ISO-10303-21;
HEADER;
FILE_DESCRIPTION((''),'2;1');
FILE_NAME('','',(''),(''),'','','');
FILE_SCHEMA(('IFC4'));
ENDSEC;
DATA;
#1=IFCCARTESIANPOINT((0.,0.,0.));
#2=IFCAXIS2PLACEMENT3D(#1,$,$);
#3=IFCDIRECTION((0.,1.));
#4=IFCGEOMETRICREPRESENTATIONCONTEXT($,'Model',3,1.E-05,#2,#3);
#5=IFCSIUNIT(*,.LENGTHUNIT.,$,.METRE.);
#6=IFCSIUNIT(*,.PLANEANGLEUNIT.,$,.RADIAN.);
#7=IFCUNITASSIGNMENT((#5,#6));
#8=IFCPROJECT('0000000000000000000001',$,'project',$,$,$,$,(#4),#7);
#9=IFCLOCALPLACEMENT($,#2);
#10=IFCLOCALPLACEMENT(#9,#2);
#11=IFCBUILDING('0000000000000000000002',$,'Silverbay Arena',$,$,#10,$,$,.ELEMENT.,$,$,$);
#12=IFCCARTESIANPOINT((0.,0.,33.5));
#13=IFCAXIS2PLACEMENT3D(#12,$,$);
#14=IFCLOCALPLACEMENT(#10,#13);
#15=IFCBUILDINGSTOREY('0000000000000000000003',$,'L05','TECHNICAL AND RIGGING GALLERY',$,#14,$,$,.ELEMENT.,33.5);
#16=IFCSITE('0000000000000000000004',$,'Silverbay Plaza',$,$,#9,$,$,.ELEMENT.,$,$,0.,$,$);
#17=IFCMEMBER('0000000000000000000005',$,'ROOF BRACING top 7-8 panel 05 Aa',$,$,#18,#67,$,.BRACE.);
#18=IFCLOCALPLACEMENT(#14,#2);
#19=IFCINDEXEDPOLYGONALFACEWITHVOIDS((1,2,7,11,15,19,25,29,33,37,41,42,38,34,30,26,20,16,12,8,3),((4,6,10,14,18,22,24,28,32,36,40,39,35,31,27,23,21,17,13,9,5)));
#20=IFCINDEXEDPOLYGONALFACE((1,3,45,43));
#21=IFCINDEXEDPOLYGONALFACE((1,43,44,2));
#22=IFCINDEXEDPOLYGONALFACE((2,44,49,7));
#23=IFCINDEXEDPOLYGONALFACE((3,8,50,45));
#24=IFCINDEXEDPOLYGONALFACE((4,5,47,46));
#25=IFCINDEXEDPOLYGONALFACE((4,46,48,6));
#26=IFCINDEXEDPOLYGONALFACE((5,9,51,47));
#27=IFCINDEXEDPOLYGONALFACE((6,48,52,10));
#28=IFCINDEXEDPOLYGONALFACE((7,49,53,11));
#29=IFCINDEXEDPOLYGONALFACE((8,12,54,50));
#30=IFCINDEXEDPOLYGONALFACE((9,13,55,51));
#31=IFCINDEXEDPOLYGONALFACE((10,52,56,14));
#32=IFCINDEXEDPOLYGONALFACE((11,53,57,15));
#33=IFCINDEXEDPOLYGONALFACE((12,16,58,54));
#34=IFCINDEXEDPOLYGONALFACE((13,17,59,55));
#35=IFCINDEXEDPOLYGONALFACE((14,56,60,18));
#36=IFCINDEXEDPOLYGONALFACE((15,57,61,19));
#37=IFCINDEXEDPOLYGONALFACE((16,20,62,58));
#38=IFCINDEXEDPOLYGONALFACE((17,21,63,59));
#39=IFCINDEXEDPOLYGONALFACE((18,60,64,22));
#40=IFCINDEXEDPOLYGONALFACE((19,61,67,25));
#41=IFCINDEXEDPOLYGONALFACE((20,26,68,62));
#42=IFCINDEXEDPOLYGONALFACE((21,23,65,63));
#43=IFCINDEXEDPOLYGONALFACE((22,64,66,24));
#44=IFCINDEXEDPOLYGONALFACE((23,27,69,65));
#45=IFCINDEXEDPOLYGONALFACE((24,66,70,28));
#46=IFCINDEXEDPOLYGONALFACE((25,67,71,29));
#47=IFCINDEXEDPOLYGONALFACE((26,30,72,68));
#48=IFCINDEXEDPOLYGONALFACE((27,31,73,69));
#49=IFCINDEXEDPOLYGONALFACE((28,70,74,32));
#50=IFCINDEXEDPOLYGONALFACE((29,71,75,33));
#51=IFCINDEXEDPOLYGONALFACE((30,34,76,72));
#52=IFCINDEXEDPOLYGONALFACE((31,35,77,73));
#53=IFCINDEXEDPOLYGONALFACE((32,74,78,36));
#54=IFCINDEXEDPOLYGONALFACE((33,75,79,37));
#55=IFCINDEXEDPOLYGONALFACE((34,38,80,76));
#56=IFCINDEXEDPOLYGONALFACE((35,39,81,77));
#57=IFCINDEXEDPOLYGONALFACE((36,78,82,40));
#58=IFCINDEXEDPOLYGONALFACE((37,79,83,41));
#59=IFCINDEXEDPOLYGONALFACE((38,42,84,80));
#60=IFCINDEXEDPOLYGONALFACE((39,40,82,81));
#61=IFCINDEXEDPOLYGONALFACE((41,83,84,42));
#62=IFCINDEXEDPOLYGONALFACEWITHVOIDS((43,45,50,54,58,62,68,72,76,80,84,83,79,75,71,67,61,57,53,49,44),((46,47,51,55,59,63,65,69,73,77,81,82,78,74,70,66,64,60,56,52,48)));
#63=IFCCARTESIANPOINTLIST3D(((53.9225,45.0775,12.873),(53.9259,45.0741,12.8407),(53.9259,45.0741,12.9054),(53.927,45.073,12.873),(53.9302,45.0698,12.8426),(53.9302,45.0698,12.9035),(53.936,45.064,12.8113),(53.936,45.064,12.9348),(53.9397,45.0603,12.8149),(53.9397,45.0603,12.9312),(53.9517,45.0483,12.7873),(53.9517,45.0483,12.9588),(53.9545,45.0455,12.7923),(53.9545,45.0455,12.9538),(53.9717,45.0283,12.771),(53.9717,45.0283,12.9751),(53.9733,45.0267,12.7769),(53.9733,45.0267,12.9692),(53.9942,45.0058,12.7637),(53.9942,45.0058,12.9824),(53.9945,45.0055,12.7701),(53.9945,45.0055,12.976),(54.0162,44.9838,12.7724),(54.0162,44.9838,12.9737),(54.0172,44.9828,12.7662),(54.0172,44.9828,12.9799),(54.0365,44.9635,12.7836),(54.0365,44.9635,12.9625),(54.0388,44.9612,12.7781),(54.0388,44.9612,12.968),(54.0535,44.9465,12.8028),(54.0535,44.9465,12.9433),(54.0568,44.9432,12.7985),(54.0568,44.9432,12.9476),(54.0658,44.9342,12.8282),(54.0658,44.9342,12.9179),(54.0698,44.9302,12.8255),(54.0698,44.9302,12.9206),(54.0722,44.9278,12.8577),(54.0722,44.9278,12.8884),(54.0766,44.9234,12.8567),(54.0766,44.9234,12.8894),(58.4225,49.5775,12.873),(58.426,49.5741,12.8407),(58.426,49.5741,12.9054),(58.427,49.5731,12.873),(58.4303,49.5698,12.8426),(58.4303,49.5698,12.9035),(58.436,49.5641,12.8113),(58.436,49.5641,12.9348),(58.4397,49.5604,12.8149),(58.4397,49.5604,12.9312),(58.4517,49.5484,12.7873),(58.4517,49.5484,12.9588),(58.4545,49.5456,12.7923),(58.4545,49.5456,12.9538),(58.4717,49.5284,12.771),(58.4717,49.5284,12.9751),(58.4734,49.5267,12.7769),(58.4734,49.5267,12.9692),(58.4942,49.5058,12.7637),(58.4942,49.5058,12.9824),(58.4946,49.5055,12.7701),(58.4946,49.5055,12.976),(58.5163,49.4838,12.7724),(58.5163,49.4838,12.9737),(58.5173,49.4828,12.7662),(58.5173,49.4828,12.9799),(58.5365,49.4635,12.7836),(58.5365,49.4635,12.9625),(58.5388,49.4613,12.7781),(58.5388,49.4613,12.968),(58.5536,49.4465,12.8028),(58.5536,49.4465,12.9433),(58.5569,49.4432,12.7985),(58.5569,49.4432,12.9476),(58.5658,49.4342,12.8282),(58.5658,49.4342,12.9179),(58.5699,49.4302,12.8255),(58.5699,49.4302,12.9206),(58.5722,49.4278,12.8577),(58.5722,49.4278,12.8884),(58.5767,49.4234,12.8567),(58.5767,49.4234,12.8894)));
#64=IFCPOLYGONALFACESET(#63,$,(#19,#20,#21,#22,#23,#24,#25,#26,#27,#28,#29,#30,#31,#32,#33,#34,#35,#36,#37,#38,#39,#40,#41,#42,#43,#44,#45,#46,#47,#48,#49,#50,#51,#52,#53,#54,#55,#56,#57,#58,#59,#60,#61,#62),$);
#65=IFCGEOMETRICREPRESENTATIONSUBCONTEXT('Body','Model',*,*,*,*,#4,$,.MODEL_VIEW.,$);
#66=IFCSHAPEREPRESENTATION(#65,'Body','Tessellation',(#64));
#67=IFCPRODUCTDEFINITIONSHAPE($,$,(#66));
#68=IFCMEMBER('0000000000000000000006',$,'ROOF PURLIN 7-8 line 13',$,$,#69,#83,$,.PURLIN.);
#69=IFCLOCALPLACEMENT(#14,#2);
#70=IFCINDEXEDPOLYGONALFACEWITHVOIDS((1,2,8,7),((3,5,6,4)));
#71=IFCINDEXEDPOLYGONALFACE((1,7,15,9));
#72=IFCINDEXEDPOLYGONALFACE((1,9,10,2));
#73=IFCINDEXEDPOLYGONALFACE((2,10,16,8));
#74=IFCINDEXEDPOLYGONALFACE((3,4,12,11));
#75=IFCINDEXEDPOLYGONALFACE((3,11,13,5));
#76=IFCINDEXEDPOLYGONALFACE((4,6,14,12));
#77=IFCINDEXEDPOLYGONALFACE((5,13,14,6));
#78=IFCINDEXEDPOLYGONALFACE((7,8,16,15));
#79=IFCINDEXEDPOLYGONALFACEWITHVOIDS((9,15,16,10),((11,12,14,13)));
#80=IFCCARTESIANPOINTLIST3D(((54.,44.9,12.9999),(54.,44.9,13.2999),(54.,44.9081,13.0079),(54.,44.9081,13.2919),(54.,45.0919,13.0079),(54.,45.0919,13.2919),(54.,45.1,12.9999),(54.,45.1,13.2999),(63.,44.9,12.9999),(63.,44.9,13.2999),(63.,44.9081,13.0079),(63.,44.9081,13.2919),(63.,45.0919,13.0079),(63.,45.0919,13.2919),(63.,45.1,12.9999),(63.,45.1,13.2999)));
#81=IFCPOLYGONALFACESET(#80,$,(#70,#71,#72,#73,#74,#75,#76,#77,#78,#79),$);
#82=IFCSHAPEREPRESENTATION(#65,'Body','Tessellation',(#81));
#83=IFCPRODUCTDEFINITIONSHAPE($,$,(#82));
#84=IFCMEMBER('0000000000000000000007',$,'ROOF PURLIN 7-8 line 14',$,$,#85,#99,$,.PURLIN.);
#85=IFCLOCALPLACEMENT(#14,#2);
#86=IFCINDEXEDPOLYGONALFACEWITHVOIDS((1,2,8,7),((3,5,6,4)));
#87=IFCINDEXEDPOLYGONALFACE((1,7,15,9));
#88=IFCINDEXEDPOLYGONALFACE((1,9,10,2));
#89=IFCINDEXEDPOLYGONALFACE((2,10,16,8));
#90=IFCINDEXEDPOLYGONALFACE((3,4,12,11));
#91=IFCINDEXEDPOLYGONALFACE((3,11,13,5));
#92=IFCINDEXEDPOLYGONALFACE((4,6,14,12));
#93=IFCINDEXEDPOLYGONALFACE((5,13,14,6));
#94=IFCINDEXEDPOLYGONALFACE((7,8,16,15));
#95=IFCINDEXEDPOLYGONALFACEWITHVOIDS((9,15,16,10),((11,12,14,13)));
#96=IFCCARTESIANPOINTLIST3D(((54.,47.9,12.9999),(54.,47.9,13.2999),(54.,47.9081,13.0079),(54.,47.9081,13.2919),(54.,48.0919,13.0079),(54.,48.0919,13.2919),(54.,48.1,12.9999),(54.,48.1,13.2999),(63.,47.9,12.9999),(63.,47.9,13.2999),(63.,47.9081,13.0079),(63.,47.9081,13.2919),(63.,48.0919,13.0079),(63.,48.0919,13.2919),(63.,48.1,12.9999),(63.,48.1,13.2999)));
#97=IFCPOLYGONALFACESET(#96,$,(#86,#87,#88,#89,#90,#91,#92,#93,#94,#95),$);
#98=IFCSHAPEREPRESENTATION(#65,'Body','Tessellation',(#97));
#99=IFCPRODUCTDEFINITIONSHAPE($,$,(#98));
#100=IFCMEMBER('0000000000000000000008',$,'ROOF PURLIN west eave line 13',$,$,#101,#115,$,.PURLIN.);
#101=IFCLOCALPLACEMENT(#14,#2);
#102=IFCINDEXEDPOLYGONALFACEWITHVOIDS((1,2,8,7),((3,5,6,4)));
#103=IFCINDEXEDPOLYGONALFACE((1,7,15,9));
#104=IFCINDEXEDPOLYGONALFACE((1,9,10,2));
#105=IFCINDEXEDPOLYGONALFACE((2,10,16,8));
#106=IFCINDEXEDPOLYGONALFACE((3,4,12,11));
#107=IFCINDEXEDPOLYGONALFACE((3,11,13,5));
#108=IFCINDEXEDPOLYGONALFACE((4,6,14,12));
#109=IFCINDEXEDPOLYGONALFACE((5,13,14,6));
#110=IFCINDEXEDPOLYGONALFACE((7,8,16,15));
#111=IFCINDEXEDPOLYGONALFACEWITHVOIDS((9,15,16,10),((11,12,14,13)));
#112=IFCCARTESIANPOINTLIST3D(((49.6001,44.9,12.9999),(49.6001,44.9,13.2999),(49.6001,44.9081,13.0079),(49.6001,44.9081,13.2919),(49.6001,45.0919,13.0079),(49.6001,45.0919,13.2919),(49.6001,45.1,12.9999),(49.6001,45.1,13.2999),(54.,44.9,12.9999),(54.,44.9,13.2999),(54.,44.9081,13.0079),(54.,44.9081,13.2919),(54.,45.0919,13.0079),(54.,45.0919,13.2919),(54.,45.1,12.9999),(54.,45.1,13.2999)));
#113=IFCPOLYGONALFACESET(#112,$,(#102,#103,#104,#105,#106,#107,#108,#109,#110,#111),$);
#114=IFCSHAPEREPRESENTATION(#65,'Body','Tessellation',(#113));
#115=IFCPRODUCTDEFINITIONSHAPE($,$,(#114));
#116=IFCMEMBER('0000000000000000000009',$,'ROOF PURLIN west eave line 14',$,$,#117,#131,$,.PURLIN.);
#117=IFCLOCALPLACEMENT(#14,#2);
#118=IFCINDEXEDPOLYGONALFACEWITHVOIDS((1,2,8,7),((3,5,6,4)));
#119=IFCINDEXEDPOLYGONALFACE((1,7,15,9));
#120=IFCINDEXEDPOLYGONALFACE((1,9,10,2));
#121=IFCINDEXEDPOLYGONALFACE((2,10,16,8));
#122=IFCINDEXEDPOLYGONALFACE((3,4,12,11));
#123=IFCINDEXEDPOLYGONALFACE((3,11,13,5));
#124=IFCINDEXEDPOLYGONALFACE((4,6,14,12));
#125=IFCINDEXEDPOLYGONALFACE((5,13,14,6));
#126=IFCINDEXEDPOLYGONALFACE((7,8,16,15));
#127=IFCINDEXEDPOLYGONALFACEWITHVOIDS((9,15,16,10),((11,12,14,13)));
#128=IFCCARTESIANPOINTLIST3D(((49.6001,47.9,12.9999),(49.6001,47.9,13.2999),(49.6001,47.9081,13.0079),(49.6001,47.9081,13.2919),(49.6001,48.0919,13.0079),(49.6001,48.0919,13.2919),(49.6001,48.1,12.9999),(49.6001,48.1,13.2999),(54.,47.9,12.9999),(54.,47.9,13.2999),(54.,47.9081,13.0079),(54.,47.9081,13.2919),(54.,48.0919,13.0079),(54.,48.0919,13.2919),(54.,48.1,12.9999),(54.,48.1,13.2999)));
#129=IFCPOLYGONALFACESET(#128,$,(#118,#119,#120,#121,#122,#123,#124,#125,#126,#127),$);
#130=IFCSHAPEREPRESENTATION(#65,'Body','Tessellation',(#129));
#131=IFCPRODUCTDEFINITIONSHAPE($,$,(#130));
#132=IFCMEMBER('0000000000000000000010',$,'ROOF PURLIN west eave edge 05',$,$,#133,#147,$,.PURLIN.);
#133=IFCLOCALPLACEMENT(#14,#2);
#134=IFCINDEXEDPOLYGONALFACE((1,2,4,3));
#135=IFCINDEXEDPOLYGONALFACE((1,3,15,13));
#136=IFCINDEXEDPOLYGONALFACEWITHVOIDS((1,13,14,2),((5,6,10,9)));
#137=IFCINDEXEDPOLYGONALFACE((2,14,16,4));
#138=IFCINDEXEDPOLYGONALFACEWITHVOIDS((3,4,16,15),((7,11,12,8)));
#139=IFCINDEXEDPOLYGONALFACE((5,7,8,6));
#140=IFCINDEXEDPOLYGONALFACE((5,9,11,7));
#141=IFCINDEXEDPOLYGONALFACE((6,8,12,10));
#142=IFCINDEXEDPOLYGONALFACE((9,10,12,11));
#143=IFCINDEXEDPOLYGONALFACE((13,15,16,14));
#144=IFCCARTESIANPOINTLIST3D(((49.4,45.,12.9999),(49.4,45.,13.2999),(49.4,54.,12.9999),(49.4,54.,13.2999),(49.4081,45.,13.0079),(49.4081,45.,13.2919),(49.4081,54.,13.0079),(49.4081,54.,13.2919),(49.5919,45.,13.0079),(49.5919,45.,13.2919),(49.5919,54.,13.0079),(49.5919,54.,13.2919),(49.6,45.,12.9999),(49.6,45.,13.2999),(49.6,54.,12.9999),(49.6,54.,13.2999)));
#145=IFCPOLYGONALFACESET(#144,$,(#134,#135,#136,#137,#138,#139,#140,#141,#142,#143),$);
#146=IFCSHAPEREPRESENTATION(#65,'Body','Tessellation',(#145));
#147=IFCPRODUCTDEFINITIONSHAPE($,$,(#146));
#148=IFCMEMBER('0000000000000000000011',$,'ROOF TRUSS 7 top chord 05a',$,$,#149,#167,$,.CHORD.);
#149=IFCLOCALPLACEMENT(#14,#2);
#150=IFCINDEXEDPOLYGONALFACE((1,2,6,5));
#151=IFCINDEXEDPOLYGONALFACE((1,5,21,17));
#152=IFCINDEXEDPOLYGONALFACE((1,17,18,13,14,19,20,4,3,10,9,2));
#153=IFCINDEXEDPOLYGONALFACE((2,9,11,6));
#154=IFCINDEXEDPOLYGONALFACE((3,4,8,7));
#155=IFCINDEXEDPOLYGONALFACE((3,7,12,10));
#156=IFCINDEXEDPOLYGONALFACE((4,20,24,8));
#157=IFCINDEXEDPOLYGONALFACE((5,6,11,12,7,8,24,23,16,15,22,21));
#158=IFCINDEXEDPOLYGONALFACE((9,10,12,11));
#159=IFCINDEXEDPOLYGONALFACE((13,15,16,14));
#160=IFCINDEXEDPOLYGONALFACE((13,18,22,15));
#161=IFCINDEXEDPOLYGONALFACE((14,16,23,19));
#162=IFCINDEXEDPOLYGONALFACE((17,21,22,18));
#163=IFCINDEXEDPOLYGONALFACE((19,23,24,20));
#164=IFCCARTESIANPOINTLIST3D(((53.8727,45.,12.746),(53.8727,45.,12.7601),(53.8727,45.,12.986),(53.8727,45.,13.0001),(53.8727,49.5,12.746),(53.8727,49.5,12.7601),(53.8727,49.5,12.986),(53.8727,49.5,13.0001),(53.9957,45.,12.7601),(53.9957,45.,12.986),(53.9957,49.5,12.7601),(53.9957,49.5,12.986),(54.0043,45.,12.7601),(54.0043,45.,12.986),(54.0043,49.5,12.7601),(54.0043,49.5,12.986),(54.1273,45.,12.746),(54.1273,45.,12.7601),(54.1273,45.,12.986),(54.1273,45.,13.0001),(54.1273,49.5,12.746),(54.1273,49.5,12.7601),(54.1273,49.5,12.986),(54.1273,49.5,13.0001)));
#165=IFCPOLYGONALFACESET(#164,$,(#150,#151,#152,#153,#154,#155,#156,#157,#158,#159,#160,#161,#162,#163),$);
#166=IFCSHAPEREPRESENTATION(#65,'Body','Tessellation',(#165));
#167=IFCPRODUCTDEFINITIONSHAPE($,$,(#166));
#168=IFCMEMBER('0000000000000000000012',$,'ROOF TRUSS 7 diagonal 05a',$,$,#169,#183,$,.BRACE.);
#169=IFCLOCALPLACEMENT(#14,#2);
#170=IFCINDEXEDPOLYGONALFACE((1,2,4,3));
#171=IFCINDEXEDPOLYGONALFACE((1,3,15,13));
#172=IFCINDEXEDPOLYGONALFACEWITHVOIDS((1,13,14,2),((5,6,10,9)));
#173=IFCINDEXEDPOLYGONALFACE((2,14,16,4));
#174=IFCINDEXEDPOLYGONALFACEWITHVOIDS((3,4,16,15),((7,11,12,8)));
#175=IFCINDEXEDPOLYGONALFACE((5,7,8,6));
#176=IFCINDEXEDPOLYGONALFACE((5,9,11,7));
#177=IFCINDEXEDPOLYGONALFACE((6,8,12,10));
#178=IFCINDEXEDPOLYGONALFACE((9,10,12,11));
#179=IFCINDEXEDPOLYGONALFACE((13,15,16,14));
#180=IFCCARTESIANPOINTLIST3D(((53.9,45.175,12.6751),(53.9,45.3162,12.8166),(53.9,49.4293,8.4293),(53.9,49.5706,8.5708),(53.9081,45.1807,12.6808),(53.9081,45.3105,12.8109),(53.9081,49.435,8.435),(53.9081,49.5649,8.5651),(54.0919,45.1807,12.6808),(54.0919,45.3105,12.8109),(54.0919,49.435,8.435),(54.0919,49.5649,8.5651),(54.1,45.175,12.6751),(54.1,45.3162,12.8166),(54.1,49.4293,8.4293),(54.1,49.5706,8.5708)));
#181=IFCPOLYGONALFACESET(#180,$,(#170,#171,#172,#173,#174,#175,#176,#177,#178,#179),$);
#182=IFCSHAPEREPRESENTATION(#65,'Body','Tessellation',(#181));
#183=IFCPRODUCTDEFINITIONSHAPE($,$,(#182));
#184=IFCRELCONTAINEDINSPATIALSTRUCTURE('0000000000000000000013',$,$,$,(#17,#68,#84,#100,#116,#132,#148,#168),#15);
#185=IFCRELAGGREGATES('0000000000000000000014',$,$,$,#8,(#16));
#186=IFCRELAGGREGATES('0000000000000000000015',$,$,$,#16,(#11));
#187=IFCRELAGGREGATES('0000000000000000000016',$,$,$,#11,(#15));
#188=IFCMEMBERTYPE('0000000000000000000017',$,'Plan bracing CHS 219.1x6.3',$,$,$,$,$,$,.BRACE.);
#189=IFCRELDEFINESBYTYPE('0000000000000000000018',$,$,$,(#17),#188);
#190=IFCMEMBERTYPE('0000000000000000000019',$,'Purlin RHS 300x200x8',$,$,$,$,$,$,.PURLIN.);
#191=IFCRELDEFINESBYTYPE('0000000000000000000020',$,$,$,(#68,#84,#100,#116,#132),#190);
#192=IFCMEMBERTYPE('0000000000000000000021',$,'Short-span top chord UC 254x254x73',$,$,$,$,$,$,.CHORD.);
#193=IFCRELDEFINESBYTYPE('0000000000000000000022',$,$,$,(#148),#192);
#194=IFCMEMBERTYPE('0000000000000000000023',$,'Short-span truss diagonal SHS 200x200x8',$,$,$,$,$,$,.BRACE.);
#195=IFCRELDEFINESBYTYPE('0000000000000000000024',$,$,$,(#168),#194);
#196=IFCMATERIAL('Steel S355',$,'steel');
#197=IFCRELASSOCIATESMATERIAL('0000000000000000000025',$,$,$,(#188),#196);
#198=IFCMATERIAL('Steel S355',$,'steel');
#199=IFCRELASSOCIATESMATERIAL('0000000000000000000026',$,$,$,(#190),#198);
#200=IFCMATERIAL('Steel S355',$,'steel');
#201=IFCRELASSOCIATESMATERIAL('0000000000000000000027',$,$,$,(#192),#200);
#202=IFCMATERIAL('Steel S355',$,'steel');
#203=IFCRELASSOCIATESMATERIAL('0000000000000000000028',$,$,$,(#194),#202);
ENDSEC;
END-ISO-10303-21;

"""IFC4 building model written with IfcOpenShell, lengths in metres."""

from ifc_helpers import new_model, si_unit, direction, frame, origin, origin_2d, place, context, subcontext, project, spatial, hollow_rectangle, hollow_circle, i_section, extrude, material, material_profile, profile_set, type_object, element, save


model = new_model("IFC4")

# Units and contexts
model_context = context("Model", 3, precision=1e-05, world=origin(), true_north=direction((0.0, 1.0)))
body_context = subcontext(model_context, "Body", "Model", "MODEL_VIEW")
ifc_project = project(units=[si_unit("LENGTHUNIT", "METRE"), si_unit("PLANEANGLEUNIT", "RADIAN")], contexts=[model_context])

# Site, building, storey
site_placement = place(None, origin())
site = spatial("IfcSite", under=ifc_project, at=site_placement, Name="Silverbay Plaza", CompositionType="ELEMENT", RefElevation=0.0)
building_placement = place(site_placement, origin())
building = spatial("IfcBuilding", under=site, at=building_placement, Name="Silverbay Arena", CompositionType="ELEMENT")
storey_placement = place(building_placement, frame((0.0, 0.0, 33.5)))
storey = spatial("IfcBuildingStorey", under=building, at=storey_placement, Name="L05", Description="TECHNICAL AND RIGGING GALLERY", CompositionType="ELEMENT", Elevation=33.5)

# Members
ifc_material_1 = material(Name="Steel S355", Category="steel")
ifc_material_profile_1 = material_profile(ifc_material_1, hollow_circle(Radius=0.1096, WallThickness=0.0063, at=origin_2d()), Name="CHS 219.1x6.3")
ifc_profile_set_1 = profile_set([ifc_material_profile_1], Name="Steel S355")
member_type_1 = type_object("IfcMemberType", Name="Plan bracing CHS 219.1x6.3", PredefinedType="BRACE", material=ifc_profile_set_1)
member_1_placement = place(storey_placement, frame((54.0, 45.0, 12.873), z_axis=(0.707107, 0.707107, 0.0), x_axis=(-0.707107, 0.707107, 0.0)))
element("IfcMember", 1, at=member_1_placement, inside=storey, type_object=member_type_1, Name="ROOF BRACING top 7-8 panel 05 Aa", PredefinedType="BRACE", context=body_context, shape_type="SweptSolid", body=[
    extrude(hollow_circle(Radius=0.1096, WallThickness=0.0063, at=origin_2d()), origin(), (0.0, 0.0, 1.0), 6.364),
])
ifc_material_2 = material(Name="Steel S355", Category="steel")
ifc_material_profile_2 = material_profile(ifc_material_2, hollow_rectangle(XDim=0.2, YDim=0.3, WallThickness=0.0081, at=origin_2d()), Name="RHS 300x200x8")
ifc_profile_set_2 = profile_set([ifc_material_profile_2], Name="Steel S355")
member_type_2 = type_object("IfcMemberType", Name="Purlin RHS 300x200x8", PredefinedType="PURLIN", material=ifc_profile_set_2)
for number, where, z_axis, x_axis, name in (
    (2, (54.0, 45.0, 13.1499), (1.0, 0.0, 0.0), (0.0, 1.0, 0.0), "ROOF PURLIN 7-8 line 13"),
    (3, (54.0, 48.0, 13.1499), (1.0, 0.0, 0.0), (0.0, 1.0, 0.0), "ROOF PURLIN 7-8 line 14"),
):
    element("IfcMember", number, at=place(storey_placement, frame(where, z_axis=z_axis, x_axis=x_axis)), inside=storey, type_object=member_type_2, Name=name, PredefinedType="PURLIN", context=body_context, shape_type="SweptSolid", body=[
        extrude(hollow_rectangle(XDim=0.2, YDim=0.3, WallThickness=0.0081, at=origin_2d()), origin(), (0.0, 0.0, 1.0), 9.0),
    ])
for number, where, z_axis, x_axis, name in (
    (4, (49.6001, 45.0, 13.1499), (1.0, 0.0, 0.0), (0.0, 1.0, 0.0), "ROOF PURLIN west eave line 13"),
    (5, (49.6001, 48.0, 13.1499), (1.0, 0.0, 0.0), (0.0, 1.0, 0.0), "ROOF PURLIN west eave line 14"),
):
    element("IfcMember", number, at=place(storey_placement, frame(where, z_axis=z_axis, x_axis=x_axis)), inside=storey, type_object=member_type_2, Name=name, PredefinedType="PURLIN", context=body_context, shape_type="SweptSolid", body=[
        extrude(hollow_rectangle(XDim=0.2, YDim=0.3, WallThickness=0.0081, at=origin_2d()), origin(), (0.0, 0.0, 1.0), 4.3999),
    ])
member_2_placement = place(storey_placement, frame((49.5, 45.0, 13.1499), z_axis=(0.0, 1.0, 0.0), x_axis=(-1.0, 0.0, 0.0)))
element("IfcMember", 6, at=member_2_placement, inside=storey, type_object=member_type_2, Name="ROOF PURLIN west eave edge 05", PredefinedType="PURLIN", context=body_context, shape_type="SweptSolid", body=[
    extrude(hollow_rectangle(XDim=0.2, YDim=0.3, WallThickness=0.0081, at=origin_2d()), origin(), (0.0, 0.0, 1.0), 9.0),
])
ifc_material_3 = material(Name="Steel S355", Category="steel")
ifc_material_profile_3 = material_profile(ifc_material_3, i_section(OverallWidth=0.2546, OverallDepth=0.2542, WebThickness=0.0085, FlangeThickness=0.0142, at=origin_2d()), Name="UC 254x254x73")
ifc_profile_set_3 = profile_set([ifc_material_profile_3], Name="Steel S355")
member_type_3 = type_object("IfcMemberType", Name="Short-span top chord UC 254x254x73", PredefinedType="CHORD", material=ifc_profile_set_3)
member_3_placement = place(storey_placement, frame((54.0, 45.0, 12.873), z_axis=(0.0, 1.0, 0.0), x_axis=(-1.0, 0.0, 0.0)))
element("IfcMember", 7, at=member_3_placement, inside=storey, type_object=member_type_3, Name="ROOF TRUSS 7 top chord 05a", PredefinedType="CHORD", context=body_context, shape_type="SweptSolid", body=[
    extrude(i_section(OverallWidth=0.2546, OverallDepth=0.2542, WebThickness=0.0085, FlangeThickness=0.0142, at=origin_2d()), origin(), (0.0, 0.0, 1.0), 4.5),
])
ifc_material_4 = material(Name="Steel S355", Category="steel")
ifc_material_profile_4 = material_profile(ifc_material_4, hollow_rectangle(XDim=0.2, YDim=0.2, WallThickness=0.0081, at=origin_2d()), Name="SHS 200x200x8")
ifc_profile_set_4 = profile_set([ifc_material_profile_4], Name="Steel S355")
member_type_4 = type_object("IfcMemberType", Name="Short-span truss diagonal SHS 200x200x8", PredefinedType="BRACE", material=ifc_profile_set_4)
member_4_placement = place(storey_placement, frame((54.0, 45.2456, 12.7458), z_axis=(0.0, 0.707817, -0.706396), x_axis=(-1.0, 0.0, 0.0)))
element("IfcMember", 8, at=member_4_placement, inside=storey, type_object=member_type_4, Name="ROOF TRUSS 7 diagonal 05a", PredefinedType="BRACE", context=body_context, shape_type="SweptSolid", body=[
    extrude(hollow_rectangle(XDim=0.2, YDim=0.2, WallThickness=0.0081, at=origin_2d()), origin(), (0.0, 0.0, 1.0), 6.0105),
])

save(model, "model.ifc")
